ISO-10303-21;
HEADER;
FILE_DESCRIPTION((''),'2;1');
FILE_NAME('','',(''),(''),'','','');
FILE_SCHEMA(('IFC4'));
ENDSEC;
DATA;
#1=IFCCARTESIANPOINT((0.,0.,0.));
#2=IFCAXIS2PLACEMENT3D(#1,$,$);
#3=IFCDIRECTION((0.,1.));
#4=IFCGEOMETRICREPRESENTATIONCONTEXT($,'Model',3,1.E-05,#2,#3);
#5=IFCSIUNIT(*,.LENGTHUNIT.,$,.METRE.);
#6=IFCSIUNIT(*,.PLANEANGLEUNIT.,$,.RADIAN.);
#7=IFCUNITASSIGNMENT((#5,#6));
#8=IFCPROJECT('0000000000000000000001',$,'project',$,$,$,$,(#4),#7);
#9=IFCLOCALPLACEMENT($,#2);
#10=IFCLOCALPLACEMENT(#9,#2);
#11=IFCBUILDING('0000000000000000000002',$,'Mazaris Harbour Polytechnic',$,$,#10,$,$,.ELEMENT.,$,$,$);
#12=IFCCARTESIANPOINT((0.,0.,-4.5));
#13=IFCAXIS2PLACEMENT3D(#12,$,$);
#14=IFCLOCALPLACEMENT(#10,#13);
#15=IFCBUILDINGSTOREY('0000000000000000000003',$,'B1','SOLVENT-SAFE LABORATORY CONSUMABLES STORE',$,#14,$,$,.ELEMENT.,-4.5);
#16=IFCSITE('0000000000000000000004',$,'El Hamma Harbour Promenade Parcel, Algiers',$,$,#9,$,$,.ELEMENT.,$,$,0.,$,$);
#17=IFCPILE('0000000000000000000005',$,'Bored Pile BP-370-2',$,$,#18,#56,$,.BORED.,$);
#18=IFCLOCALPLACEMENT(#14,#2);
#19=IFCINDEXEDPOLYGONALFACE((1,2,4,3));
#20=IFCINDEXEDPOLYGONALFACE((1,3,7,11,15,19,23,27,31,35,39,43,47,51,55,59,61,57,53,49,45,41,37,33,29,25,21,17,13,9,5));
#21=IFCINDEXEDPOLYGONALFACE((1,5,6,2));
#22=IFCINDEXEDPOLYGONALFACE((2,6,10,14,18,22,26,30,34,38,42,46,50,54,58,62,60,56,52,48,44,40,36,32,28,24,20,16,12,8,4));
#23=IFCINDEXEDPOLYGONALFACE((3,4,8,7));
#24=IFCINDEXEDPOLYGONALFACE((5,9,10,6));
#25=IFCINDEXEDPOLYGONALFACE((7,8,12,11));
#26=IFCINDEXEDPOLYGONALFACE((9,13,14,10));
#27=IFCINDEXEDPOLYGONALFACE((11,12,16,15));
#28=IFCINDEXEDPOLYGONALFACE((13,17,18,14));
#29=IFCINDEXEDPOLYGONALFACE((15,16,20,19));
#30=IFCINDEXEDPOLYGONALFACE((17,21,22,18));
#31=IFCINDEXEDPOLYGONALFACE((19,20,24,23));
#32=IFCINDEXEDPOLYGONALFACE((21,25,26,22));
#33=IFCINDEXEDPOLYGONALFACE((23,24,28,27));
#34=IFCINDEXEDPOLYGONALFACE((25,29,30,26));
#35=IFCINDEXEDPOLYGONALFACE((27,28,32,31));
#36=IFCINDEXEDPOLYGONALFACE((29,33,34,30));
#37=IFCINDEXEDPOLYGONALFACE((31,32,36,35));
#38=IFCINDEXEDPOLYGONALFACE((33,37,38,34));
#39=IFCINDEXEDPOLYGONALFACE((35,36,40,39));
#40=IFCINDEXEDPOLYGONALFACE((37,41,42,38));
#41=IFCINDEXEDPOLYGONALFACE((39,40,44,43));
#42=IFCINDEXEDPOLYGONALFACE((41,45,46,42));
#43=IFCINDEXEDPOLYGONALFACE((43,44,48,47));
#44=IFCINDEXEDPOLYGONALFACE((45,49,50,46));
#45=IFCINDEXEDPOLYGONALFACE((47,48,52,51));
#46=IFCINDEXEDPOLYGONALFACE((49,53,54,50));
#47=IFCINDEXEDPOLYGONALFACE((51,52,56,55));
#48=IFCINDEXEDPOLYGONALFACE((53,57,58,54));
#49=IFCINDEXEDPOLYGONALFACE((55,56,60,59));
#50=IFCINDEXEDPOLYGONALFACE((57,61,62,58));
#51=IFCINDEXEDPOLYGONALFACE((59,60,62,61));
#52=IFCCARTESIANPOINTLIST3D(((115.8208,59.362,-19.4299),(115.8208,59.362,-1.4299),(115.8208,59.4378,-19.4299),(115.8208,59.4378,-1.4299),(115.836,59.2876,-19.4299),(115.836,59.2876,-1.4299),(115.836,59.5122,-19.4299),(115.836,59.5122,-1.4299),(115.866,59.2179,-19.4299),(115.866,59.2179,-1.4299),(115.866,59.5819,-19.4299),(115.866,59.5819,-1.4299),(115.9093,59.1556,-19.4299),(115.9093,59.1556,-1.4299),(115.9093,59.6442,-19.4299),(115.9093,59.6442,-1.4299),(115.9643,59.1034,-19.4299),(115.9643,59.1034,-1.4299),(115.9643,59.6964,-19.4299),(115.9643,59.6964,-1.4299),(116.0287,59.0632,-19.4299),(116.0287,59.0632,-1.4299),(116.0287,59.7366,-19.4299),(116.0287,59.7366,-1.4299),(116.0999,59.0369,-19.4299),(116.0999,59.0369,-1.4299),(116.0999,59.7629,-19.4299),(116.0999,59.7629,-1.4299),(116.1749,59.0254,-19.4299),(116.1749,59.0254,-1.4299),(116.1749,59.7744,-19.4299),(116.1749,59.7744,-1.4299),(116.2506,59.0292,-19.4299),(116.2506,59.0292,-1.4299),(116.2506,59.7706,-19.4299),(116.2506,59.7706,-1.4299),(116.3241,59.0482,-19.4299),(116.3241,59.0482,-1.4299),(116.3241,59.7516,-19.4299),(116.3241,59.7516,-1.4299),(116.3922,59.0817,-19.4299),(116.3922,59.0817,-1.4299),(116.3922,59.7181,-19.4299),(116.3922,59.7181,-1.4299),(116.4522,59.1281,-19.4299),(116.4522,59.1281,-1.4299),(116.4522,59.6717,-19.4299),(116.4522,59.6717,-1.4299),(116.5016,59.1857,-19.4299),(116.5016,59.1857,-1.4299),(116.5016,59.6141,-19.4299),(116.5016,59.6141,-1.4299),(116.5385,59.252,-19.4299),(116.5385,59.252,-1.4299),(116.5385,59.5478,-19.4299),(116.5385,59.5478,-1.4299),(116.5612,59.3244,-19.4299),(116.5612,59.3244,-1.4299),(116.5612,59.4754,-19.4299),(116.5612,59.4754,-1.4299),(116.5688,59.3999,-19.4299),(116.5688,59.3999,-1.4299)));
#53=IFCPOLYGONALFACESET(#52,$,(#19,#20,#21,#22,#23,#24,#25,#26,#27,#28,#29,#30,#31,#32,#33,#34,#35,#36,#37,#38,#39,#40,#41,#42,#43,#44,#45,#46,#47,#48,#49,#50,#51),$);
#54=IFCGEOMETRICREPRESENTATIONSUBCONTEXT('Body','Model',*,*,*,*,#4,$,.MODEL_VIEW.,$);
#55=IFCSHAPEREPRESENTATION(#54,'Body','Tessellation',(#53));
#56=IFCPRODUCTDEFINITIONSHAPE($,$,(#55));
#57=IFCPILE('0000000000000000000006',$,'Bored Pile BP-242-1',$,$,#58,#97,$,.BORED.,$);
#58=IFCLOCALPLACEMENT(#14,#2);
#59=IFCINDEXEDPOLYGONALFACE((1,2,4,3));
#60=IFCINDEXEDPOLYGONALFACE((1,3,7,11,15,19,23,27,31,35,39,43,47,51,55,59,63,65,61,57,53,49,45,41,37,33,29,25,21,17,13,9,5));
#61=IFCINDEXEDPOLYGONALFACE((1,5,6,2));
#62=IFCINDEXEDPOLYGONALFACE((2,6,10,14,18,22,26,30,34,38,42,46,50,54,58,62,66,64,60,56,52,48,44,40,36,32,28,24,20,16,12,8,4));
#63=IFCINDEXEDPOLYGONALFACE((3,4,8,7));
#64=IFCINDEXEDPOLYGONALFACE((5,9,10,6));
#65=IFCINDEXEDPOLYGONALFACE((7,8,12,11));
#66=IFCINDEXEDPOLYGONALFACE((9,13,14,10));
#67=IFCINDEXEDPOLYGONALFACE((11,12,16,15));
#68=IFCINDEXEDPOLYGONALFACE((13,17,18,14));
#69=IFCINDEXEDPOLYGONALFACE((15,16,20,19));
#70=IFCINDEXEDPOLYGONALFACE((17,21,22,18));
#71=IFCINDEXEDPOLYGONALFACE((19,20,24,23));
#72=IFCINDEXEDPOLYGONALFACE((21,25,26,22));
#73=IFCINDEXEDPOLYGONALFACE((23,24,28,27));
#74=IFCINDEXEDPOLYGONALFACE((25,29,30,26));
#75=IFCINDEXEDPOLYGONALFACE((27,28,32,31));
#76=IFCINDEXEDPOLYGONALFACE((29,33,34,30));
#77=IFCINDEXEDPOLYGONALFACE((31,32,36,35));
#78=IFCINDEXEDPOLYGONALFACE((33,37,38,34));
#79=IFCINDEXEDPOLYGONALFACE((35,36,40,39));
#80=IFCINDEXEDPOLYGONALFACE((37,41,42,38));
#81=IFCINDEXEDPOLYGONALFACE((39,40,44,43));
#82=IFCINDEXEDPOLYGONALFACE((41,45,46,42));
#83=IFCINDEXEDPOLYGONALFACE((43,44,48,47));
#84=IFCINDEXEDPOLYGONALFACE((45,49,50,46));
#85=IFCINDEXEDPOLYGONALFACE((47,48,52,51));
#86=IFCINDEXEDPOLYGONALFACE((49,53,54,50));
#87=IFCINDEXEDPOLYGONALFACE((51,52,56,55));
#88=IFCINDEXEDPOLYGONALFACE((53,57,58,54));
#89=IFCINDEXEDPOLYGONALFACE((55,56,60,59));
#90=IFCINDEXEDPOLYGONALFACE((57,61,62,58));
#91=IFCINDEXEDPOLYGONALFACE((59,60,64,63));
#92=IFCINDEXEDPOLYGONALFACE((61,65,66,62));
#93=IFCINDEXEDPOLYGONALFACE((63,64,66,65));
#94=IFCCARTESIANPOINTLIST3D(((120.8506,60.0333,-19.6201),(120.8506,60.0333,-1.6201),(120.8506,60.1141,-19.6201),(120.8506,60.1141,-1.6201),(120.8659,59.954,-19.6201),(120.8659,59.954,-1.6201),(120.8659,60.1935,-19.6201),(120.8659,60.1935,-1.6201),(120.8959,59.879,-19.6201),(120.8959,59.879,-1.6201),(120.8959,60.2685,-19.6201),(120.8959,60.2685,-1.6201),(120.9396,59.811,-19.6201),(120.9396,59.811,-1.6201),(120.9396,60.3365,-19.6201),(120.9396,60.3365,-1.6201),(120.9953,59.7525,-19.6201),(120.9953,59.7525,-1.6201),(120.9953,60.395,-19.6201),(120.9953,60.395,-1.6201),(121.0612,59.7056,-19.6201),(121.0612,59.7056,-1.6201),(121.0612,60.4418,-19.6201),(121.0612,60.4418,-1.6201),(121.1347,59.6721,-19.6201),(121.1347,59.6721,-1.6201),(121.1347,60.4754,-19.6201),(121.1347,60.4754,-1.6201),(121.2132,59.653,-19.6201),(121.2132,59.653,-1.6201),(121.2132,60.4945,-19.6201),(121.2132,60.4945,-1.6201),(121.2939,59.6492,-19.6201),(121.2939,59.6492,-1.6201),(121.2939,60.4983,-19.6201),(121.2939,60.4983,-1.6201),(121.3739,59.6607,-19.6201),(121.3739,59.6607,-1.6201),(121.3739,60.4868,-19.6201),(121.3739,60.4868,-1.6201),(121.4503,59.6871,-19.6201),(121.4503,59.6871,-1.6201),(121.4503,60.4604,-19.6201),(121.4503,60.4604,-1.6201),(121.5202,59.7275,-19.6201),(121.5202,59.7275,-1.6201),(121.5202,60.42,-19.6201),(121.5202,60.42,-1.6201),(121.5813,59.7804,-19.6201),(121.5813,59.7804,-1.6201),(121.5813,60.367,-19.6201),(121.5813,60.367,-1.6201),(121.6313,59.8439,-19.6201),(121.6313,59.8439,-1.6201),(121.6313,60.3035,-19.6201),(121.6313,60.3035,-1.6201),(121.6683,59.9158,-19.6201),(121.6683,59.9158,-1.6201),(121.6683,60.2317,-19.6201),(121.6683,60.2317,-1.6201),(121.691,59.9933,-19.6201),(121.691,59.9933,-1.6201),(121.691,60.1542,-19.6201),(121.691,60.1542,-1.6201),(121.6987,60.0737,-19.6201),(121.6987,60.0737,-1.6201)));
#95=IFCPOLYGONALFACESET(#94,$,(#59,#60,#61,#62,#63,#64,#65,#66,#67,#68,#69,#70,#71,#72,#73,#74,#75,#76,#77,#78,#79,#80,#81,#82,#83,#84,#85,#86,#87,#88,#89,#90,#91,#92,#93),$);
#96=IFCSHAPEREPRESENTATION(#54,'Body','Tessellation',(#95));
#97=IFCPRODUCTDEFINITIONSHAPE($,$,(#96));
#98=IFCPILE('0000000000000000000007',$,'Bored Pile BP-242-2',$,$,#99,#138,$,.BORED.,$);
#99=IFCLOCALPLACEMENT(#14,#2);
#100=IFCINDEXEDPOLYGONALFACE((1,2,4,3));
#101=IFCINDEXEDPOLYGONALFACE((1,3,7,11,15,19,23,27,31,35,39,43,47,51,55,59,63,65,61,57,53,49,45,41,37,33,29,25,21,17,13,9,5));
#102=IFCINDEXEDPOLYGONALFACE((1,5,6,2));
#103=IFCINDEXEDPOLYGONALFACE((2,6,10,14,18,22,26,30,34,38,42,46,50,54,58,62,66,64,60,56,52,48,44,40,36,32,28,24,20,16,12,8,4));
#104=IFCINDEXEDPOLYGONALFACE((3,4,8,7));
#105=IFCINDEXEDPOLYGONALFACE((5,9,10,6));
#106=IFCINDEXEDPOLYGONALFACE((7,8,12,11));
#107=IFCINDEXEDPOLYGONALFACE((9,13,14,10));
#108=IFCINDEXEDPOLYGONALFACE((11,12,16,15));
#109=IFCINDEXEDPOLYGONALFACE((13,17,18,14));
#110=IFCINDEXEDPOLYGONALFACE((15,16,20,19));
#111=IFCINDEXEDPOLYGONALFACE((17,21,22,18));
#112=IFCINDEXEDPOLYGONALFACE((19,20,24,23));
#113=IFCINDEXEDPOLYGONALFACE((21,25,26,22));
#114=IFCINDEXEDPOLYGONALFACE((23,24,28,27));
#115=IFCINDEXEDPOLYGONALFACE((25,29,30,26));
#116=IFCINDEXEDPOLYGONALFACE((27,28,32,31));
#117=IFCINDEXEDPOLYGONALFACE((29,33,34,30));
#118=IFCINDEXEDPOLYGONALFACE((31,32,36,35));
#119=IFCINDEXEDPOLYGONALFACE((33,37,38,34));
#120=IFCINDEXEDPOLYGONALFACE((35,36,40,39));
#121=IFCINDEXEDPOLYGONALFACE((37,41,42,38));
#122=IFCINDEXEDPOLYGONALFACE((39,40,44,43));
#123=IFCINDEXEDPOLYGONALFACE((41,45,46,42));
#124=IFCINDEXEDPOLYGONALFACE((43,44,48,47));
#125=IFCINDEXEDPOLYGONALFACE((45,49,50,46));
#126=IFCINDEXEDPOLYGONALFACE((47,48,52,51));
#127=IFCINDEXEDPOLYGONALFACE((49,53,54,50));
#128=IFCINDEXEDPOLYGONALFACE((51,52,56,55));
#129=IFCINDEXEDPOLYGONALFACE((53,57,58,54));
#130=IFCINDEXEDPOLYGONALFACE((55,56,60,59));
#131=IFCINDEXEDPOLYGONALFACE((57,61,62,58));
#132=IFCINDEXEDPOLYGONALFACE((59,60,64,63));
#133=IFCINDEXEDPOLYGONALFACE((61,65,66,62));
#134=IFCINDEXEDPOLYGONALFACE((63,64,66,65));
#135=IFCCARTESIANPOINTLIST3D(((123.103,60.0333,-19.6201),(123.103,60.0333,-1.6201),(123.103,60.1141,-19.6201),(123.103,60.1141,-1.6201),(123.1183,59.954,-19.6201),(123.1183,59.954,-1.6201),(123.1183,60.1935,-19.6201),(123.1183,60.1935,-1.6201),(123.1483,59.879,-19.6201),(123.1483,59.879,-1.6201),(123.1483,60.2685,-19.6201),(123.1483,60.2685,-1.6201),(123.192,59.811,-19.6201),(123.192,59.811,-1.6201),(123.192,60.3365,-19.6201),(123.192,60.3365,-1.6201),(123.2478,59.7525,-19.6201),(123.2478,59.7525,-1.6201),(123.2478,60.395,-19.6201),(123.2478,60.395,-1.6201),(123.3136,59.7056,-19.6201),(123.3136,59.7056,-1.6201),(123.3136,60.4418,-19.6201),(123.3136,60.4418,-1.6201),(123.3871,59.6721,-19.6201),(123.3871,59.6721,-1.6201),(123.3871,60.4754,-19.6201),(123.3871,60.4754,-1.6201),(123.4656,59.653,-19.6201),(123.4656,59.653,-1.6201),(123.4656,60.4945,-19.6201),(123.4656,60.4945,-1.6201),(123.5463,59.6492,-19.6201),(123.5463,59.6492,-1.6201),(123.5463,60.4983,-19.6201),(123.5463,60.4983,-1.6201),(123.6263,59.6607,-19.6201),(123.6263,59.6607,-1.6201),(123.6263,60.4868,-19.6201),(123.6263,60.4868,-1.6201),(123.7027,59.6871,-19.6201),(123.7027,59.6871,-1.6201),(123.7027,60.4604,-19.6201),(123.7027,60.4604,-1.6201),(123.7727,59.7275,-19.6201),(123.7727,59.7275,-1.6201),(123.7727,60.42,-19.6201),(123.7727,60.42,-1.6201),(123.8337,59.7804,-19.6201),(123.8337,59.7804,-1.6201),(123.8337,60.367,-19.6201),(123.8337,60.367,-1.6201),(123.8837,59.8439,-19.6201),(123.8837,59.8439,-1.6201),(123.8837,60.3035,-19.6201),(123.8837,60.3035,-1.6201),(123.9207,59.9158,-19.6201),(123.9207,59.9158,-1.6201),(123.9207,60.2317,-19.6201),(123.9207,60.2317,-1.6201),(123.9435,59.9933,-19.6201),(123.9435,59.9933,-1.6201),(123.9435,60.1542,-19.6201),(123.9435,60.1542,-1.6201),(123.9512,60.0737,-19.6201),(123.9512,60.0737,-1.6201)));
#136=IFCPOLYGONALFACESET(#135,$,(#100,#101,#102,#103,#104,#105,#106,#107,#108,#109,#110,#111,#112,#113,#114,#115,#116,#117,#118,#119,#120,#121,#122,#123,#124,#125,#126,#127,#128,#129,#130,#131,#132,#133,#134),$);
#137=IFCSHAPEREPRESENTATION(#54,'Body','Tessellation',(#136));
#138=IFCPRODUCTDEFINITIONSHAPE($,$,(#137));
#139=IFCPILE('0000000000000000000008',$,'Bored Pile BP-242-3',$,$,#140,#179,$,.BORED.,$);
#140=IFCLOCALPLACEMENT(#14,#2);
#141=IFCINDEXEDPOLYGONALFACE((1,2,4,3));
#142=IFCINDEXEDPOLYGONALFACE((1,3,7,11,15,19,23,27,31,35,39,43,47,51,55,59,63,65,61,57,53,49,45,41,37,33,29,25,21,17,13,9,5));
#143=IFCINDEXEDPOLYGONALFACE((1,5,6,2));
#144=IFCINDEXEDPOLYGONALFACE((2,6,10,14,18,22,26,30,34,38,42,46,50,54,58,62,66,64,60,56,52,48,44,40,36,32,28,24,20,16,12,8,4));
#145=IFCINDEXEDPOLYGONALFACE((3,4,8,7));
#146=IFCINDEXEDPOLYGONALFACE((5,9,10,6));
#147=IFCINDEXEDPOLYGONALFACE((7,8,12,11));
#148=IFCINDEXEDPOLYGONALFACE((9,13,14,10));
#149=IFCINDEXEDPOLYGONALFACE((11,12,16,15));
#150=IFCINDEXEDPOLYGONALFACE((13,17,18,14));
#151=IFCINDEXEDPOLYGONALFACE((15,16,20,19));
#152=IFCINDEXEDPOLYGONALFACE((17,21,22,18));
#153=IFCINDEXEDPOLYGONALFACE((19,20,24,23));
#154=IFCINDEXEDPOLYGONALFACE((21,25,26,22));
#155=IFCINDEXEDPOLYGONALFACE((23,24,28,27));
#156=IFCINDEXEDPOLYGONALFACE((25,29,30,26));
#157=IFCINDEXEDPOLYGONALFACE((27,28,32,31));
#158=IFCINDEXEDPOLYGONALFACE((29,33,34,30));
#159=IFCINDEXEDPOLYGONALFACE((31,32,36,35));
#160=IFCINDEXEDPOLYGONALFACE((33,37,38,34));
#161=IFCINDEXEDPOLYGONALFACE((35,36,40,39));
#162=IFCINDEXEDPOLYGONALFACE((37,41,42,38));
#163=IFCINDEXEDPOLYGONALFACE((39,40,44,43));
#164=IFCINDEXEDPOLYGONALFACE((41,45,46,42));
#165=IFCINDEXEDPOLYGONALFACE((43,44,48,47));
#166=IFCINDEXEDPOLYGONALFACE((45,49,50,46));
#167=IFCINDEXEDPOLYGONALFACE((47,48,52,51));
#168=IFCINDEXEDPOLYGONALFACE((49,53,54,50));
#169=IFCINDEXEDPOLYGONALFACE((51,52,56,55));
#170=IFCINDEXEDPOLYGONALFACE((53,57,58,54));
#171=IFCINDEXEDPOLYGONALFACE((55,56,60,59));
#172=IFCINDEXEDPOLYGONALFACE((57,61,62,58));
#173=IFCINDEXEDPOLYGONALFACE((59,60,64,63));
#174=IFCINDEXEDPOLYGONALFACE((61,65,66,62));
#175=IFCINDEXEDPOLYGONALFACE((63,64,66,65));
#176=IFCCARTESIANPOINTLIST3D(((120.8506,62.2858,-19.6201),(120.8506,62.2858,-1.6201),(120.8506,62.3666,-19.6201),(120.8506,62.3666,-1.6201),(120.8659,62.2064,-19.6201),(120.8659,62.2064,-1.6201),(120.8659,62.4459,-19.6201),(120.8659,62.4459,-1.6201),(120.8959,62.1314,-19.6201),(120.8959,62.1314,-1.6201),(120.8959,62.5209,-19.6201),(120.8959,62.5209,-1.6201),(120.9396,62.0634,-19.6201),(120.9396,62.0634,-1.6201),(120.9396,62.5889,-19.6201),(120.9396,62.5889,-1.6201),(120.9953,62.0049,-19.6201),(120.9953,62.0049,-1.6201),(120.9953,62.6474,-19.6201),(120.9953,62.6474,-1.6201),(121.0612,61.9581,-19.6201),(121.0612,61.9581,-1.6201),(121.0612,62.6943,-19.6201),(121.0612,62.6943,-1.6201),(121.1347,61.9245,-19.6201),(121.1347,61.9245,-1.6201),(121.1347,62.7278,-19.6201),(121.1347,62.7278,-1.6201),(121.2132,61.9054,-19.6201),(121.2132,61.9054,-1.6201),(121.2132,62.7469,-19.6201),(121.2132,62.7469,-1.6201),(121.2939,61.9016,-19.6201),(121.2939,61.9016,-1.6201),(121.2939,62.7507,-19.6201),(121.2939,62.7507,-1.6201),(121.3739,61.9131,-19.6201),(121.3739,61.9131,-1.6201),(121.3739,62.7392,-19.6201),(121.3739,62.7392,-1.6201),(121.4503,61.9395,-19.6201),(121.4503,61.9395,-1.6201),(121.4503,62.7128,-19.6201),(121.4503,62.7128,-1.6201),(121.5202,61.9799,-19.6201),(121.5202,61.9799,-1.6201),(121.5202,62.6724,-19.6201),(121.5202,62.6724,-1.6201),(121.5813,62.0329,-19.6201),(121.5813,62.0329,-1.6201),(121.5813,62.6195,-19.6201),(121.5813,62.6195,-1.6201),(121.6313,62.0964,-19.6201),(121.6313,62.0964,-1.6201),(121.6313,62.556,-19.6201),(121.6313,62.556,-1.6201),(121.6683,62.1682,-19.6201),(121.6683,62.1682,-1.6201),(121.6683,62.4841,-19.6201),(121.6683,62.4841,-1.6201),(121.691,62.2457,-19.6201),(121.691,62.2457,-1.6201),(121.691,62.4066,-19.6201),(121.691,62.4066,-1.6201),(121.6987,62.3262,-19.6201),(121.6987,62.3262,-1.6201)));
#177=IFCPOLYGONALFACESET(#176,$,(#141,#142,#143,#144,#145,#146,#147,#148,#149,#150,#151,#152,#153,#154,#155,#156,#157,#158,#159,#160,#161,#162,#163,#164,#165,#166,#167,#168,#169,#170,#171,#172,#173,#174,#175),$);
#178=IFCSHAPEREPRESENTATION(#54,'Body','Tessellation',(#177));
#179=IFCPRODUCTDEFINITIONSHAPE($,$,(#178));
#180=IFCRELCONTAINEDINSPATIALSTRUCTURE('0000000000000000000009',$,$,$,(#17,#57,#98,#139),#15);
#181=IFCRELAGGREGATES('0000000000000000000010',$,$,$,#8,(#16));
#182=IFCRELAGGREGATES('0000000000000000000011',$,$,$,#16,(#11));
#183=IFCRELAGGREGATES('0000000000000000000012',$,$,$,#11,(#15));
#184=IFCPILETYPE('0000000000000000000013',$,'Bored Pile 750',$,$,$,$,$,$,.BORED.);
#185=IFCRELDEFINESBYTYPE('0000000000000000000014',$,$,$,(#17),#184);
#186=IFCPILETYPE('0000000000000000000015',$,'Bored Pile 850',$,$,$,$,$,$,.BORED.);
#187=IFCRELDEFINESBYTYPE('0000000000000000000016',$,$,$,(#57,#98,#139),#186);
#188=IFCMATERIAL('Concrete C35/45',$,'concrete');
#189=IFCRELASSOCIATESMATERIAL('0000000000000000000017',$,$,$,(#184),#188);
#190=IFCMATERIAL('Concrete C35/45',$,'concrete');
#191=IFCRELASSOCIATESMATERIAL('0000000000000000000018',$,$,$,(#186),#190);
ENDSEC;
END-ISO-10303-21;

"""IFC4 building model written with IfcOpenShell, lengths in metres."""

from ifc_helpers import new_model, si_unit, direction, frame, origin, origin_2d, place, context, subcontext, project, spatial, circle, extrude, material, material_profile, profile_set, type_object, element, save


model = new_model("IFC4")

# Units and contexts
model_context = context("Model", 3, precision=1e-05, world=origin(), true_north=direction((0.0, 1.0)))
body_context = subcontext(model_context, "Body", "Model", "MODEL_VIEW")
ifc_project = project(units=[si_unit("LENGTHUNIT", "METRE"), si_unit("PLANEANGLEUNIT", "RADIAN")], contexts=[model_context])

# Site, building, storey
site_placement = place(None, origin())
site = spatial("IfcSite", under=ifc_project, at=site_placement, Name="El Hamma Harbour Promenade Parcel, Algiers", CompositionType="ELEMENT", RefElevation=0.0)
building_placement = place(site_placement, origin())
building = spatial("IfcBuilding", under=site, at=building_placement, Name="Mazaris Harbour Polytechnic", CompositionType="ELEMENT")
storey_placement = place(building_placement, frame((0.0, 0.0, -4.5)))
storey = spatial("IfcBuildingStorey", under=building, at=storey_placement, Name="B1", Description="SOLVENT-SAFE LABORATORY CONSUMABLES STORE", CompositionType="ELEMENT", Elevation=-4.5)

# Piles
ifc_material_1 = material(Name="Concrete C35/45", Category="concrete")
ifc_material_profile_1 = material_profile(ifc_material_1, circle(Radius=0.375, at=origin_2d()), Name="DIA750")
ifc_profile_set_1 = profile_set([ifc_material_profile_1], Name="Concrete C35/45")
pile_type_1 = type_object("IfcPileType", Name="Bored Pile 750", PredefinedType="BORED", material=ifc_profile_set_1)
pile_placement = place(storey_placement, frame((116.1938, 59.3999, -1.4299), z_axis=(0.0, 0.0, -1.0), x_axis=(1.0, 0.0, 0.0)))
element("IfcPile", 1, at=pile_placement, inside=storey, type_object=pile_type_1, Name="Bored Pile BP-370-2", PredefinedType="BORED", context=body_context, shape_type="SweptSolid", body=[
    extrude(circle(Radius=0.375, at=origin_2d()), origin(), (0.0, 0.0, 1.0), 18.0),
])
ifc_material_2 = material(Name="Concrete C35/45", Category="concrete")
ifc_material_profile_2 = material_profile(ifc_material_2, circle(Radius=0.425, at=origin_2d()), Name="DIA850")
ifc_profile_set_2 = profile_set([ifc_material_profile_2], Name="Concrete C35/45")
pile_type_2 = type_object("IfcPileType", Name="Bored Pile 850", PredefinedType="BORED", material=ifc_profile_set_2)
for number, where, z_axis, x_axis, name in (
    (2, (121.2737, 60.0737, -1.6201), (0.0, 0.0, -1.0), (1.0, 0.0, 0.0), "Bored Pile BP-242-1"),
    (3, (123.5261, 60.0737, -1.6201), (0.0, 0.0, -1.0), (1.0, 0.0, 0.0), "Bored Pile BP-242-2"),
    (4, (121.2737, 62.3262, -1.6201), (0.0, 0.0, -1.0), (1.0, 0.0, 0.0), "Bored Pile BP-242-3"),
):
    element("IfcPile", number, at=place(storey_placement, frame(where, z_axis=z_axis, x_axis=x_axis)), inside=storey, type_object=pile_type_2, Name=name, PredefinedType="BORED", context=body_context, shape_type="SweptSolid", body=[
        extrude(circle(Radius=0.425, at=origin_2d()), origin(), (0.0, 0.0, 1.0), 18.0),
    ])

save(model, "model.ifc")
